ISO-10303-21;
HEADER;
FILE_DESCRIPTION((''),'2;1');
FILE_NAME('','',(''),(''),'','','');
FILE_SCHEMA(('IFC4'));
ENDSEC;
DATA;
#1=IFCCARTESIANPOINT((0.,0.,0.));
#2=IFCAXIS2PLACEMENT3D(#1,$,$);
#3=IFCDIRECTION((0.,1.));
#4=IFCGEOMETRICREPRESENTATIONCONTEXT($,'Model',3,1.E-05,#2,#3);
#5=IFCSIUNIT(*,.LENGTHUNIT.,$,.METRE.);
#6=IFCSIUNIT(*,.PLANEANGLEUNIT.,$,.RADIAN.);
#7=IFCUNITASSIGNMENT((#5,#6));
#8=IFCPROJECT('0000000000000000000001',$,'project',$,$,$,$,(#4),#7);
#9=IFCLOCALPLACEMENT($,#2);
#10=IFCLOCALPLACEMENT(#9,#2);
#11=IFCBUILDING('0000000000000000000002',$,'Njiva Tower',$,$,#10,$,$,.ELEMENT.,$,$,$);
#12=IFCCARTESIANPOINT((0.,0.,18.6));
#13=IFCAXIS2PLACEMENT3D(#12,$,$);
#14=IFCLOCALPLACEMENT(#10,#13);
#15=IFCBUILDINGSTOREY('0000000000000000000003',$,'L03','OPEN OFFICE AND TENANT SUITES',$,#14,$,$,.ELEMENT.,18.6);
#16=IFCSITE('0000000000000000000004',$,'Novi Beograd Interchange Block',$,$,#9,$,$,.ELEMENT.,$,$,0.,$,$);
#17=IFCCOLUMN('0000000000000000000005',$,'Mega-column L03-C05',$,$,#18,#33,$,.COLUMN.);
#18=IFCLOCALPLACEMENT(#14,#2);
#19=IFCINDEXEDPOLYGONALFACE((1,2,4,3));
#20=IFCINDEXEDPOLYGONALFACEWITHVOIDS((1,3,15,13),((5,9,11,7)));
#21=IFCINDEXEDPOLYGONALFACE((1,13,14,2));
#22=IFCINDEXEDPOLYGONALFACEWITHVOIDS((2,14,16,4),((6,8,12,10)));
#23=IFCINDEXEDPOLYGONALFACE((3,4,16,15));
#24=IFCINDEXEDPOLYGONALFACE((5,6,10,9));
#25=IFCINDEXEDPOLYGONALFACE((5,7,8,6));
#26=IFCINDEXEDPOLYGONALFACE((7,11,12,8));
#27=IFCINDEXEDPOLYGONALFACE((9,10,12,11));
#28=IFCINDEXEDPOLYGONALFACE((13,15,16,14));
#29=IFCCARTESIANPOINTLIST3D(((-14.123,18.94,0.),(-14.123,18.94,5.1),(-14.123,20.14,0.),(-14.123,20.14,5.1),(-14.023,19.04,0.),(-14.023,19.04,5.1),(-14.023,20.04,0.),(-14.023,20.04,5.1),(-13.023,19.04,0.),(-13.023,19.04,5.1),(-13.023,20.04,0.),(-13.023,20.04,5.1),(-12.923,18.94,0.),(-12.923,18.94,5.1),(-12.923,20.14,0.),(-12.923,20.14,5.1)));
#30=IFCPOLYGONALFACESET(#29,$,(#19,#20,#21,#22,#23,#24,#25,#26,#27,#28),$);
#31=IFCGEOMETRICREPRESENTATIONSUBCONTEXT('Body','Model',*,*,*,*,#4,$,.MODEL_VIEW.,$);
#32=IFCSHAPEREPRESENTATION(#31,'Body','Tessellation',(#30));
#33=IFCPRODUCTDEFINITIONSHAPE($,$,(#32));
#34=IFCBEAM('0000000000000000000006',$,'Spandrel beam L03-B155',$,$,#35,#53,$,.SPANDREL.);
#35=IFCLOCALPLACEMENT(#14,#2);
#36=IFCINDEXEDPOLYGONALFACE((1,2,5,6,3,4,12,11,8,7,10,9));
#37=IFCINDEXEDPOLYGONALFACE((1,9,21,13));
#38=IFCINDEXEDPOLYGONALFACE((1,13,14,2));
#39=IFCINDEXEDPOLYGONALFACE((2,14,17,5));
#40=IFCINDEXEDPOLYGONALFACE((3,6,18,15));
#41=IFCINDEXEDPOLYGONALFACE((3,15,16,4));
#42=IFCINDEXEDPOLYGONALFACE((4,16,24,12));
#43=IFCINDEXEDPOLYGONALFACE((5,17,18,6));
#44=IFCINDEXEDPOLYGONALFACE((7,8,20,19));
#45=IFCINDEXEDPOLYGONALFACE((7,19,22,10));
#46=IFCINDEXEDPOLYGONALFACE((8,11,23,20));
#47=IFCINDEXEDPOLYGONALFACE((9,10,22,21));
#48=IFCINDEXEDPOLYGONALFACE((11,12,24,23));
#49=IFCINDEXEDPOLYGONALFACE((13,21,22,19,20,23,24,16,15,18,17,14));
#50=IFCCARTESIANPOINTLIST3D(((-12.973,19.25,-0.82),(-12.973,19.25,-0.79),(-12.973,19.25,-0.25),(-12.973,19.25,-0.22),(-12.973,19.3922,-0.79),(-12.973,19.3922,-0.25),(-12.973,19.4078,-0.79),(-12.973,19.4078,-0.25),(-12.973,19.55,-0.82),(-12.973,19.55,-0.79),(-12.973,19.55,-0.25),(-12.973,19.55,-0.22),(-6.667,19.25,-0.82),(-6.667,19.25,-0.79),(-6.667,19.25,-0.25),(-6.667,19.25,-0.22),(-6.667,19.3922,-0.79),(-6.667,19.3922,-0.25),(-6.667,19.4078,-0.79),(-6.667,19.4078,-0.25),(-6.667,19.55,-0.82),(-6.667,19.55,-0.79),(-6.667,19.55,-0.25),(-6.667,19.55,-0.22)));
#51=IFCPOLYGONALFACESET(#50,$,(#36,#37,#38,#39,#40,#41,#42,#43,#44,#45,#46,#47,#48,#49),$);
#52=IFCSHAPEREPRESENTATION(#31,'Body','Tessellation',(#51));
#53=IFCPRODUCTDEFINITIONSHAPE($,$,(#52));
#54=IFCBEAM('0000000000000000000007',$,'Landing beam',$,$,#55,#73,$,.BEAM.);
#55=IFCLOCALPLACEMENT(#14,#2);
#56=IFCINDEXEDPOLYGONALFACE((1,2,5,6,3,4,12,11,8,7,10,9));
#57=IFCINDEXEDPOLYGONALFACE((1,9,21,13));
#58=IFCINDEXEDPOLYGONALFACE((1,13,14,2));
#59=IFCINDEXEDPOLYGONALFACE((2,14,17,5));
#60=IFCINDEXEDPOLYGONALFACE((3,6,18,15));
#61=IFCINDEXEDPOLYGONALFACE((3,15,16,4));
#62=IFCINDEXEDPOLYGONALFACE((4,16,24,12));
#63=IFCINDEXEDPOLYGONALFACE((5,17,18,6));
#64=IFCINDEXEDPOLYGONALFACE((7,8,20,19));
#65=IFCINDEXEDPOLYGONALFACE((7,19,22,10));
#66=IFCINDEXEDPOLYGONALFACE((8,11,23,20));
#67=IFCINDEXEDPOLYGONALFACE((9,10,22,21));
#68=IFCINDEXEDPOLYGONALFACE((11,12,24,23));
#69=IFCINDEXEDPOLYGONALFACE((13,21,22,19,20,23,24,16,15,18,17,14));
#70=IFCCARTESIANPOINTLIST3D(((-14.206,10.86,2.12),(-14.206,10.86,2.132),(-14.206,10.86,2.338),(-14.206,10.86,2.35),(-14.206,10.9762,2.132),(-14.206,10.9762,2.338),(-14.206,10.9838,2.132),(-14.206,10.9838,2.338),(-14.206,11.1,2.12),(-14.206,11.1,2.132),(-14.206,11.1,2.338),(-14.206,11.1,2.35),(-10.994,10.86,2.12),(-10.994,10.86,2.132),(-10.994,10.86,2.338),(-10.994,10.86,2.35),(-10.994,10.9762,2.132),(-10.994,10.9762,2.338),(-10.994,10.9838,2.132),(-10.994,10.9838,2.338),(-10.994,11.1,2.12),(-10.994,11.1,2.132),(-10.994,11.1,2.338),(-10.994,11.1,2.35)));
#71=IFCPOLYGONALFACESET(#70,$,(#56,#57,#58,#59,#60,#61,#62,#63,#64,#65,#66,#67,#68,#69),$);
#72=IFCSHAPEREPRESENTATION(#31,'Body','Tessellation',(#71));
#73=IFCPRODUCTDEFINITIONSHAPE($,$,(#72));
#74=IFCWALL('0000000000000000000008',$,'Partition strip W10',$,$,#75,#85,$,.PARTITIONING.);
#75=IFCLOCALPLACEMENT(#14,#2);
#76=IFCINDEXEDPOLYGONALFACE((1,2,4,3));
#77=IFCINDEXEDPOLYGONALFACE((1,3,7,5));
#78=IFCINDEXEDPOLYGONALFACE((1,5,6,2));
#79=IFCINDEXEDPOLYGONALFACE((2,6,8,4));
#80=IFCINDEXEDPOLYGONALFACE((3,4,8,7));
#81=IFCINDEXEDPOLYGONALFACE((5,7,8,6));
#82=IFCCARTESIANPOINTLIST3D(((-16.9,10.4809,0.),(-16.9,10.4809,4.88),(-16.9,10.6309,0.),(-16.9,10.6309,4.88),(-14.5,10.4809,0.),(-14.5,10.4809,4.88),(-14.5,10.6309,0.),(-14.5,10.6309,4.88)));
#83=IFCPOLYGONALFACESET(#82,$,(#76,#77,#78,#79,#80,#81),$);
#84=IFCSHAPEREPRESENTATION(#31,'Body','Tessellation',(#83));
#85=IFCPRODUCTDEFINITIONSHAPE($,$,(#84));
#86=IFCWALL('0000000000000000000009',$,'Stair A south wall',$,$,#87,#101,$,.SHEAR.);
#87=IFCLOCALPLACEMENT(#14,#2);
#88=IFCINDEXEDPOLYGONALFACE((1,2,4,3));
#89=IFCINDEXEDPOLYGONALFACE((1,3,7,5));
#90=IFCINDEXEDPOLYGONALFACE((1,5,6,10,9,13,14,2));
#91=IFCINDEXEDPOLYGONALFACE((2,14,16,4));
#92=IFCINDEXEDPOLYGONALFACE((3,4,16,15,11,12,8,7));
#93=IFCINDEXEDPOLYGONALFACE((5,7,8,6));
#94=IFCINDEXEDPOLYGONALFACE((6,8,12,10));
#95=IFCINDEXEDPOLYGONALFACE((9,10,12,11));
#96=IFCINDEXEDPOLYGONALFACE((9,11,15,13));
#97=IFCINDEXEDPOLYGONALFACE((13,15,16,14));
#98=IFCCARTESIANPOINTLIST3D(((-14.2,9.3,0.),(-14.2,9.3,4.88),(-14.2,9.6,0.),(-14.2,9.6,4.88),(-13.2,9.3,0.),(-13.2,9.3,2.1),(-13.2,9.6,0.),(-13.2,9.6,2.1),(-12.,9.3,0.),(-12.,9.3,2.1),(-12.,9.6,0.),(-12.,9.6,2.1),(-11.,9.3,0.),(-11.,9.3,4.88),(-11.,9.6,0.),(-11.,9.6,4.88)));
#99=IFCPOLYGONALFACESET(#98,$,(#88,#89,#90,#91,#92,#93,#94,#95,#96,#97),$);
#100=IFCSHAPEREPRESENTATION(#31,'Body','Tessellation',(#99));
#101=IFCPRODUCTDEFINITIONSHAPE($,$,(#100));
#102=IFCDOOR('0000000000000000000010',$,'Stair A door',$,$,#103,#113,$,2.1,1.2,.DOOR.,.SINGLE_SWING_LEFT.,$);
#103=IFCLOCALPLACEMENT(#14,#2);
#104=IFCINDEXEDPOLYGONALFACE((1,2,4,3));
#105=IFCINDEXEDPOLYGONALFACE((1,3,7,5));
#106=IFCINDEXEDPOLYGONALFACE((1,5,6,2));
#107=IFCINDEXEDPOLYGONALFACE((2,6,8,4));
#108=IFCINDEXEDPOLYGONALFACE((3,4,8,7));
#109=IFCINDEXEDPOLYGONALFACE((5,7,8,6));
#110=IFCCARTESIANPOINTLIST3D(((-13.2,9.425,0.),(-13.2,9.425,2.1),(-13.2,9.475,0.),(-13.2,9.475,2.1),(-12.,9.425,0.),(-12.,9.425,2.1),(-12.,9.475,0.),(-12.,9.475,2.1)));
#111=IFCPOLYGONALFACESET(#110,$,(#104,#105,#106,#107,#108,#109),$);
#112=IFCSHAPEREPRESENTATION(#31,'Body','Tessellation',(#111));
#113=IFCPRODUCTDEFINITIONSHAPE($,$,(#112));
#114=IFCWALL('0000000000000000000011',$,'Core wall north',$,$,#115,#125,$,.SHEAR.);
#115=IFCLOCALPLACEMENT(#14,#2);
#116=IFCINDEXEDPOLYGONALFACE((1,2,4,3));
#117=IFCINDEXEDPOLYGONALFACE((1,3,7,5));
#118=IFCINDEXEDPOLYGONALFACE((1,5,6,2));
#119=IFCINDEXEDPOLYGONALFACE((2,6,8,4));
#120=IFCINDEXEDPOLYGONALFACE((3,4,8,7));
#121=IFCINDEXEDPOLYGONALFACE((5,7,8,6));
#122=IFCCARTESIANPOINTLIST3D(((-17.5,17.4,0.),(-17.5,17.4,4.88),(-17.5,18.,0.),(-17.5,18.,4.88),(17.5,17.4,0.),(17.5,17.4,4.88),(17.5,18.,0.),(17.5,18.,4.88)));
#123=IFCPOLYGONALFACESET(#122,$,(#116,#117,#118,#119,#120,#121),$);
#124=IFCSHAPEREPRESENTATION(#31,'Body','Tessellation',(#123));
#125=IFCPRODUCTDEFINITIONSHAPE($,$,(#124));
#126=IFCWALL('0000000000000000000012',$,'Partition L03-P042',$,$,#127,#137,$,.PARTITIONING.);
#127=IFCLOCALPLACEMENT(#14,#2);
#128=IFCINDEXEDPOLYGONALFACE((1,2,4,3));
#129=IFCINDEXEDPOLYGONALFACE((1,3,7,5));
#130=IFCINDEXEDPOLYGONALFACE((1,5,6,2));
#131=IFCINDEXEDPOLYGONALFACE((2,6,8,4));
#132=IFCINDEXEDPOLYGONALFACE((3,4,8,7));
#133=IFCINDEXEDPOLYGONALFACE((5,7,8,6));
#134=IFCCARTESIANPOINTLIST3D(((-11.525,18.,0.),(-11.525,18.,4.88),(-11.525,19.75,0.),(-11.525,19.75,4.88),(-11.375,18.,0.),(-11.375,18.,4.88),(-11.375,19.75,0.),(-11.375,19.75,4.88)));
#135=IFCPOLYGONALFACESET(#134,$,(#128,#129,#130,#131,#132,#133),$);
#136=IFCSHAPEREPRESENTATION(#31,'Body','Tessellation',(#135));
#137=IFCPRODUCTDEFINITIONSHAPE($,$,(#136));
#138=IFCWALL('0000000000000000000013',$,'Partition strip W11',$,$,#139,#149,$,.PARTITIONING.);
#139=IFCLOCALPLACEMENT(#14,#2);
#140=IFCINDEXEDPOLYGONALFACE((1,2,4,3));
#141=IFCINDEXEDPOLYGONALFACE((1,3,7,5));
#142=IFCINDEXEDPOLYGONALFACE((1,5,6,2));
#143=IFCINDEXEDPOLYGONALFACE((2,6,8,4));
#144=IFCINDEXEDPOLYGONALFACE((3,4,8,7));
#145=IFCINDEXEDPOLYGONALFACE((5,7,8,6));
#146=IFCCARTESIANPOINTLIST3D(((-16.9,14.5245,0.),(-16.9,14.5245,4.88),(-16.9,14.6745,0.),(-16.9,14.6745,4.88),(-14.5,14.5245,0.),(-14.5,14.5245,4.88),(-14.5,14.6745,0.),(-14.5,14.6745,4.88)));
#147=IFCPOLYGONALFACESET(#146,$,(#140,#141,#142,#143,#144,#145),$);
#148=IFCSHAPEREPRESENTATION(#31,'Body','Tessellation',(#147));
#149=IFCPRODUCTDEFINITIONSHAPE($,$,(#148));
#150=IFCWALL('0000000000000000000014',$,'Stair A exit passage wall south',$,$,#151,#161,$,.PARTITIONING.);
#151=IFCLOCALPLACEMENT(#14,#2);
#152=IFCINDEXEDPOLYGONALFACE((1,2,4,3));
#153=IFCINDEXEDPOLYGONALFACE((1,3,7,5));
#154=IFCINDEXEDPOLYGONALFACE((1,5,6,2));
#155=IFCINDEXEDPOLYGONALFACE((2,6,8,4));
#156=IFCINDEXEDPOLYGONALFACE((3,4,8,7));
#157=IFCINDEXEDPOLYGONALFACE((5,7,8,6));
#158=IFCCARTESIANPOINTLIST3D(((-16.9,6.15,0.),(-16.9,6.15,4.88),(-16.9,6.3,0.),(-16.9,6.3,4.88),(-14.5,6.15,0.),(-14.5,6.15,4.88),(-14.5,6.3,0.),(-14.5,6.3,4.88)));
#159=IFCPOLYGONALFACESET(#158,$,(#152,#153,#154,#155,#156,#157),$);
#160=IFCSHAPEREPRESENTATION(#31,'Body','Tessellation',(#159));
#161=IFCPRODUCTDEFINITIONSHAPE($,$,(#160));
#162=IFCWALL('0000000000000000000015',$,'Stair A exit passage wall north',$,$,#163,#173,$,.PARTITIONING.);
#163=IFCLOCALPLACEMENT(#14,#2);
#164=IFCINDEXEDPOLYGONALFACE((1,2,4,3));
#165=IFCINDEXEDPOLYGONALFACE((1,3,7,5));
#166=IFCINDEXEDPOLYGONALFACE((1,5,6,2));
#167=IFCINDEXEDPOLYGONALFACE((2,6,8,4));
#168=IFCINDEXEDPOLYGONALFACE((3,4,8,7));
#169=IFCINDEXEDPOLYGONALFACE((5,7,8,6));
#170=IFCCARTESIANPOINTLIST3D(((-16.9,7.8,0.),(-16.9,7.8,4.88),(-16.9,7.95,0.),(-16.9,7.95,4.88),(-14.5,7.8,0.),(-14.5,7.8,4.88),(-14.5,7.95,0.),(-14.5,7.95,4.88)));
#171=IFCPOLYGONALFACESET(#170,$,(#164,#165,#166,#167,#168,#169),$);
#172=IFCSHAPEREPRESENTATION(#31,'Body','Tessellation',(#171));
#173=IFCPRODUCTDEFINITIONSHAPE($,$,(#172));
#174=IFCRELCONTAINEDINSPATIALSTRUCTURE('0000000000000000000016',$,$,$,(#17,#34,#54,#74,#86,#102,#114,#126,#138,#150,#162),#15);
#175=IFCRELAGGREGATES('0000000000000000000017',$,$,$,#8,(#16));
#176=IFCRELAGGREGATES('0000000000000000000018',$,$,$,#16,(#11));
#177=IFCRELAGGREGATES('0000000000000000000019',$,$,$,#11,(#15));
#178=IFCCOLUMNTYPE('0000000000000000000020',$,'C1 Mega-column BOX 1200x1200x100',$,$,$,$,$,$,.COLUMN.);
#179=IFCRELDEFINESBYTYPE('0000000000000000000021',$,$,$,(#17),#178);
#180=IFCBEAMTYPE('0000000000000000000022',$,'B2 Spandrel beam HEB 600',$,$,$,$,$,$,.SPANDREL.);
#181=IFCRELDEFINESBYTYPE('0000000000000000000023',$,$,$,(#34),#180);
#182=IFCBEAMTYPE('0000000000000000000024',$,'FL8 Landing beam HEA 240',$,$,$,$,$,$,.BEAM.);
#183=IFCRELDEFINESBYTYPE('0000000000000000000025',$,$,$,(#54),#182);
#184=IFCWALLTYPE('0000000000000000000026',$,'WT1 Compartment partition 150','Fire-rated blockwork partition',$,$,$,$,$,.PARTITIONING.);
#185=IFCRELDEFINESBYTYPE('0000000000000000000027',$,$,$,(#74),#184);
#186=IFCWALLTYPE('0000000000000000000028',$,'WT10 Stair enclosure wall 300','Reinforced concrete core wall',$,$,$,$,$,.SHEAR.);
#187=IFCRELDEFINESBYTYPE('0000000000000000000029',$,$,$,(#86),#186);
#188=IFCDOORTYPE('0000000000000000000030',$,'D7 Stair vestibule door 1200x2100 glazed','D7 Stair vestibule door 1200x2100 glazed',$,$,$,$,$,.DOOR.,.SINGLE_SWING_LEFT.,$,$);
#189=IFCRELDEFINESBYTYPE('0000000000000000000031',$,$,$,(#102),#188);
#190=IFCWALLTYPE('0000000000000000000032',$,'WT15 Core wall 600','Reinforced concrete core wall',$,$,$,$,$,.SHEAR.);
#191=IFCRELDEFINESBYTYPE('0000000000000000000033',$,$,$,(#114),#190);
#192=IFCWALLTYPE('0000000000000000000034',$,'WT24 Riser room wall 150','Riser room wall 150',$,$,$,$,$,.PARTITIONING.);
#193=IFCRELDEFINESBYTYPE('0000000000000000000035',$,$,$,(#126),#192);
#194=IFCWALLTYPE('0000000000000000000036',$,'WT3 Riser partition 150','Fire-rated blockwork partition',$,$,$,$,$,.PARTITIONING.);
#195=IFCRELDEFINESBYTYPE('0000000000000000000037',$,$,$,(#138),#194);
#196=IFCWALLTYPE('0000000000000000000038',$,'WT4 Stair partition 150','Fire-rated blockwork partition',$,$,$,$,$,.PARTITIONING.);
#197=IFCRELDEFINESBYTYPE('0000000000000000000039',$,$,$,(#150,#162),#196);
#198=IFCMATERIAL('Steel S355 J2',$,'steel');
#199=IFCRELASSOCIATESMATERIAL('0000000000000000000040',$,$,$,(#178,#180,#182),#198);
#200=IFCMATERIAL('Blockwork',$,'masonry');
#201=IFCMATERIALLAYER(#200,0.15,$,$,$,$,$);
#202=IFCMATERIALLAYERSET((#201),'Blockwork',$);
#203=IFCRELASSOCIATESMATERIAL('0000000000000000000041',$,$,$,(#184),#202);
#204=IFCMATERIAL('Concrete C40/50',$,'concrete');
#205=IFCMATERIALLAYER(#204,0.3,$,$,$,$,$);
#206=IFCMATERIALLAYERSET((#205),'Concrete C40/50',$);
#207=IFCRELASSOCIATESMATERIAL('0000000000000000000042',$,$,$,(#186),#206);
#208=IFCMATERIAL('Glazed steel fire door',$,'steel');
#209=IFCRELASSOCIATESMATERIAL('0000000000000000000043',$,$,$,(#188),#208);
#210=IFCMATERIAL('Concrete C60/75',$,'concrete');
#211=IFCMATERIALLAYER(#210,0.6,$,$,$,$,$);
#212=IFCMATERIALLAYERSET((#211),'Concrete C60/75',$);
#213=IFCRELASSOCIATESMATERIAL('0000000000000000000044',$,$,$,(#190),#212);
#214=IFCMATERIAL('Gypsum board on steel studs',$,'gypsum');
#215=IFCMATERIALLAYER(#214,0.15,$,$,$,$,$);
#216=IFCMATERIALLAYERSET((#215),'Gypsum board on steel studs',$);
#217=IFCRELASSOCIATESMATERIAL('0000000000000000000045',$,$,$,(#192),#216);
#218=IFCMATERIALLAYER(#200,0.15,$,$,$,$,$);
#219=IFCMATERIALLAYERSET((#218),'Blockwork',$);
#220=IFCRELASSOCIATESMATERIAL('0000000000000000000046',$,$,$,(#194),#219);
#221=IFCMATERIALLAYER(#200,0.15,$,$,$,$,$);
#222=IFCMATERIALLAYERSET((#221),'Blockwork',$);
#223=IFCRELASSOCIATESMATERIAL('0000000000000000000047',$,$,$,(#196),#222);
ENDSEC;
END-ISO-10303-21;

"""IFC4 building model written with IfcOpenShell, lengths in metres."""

from ifc_helpers import new_model, si_unit, direction, frame, frame_2d, origin, origin_2d, place, context, subcontext, project, spatial, rectangle, hollow_rectangle, i_section, extrude, material, layer, layer_set, material_profile, profile_set, type_object, element, fill, save


model = new_model("IFC4")

# Units and contexts
model_context = context("Model", 3, precision=1e-05, world=origin(), true_north=direction((0.0, 1.0)))
body_context = subcontext(model_context, "Body", "Model", "MODEL_VIEW")
ifc_project = project(units=[si_unit("LENGTHUNIT", "METRE"), si_unit("PLANEANGLEUNIT", "RADIAN")], contexts=[model_context])

# Site, building, storey
site_placement = place(None, origin())
site = spatial("IfcSite", under=ifc_project, at=site_placement, Name="Novi Beograd Interchange Block", CompositionType="ELEMENT", RefElevation=0.0)
building_placement = place(site_placement, origin())
building = spatial("IfcBuilding", under=site, at=building_placement, Name="Njiva Tower", CompositionType="ELEMENT")
storey_placement = place(building_placement, frame((0.0, 0.0, 18.6)))
storey = spatial("IfcBuildingStorey", under=building, at=storey_placement, Name="L03", Description="OPEN OFFICE AND TENANT SUITES", CompositionType="ELEMENT", Elevation=18.6)

# Column
ifc_material_1 = material(Name="Steel S355 J2", Category="steel")
ifc_material_profile_1 = material_profile(ifc_material_1, hollow_rectangle(XDim=1.2, YDim=1.2, WallThickness=0.1, at=origin_2d()), Name="BOX 1200x1200x100")
ifc_profile_set_1 = profile_set([ifc_material_profile_1], Name="Steel S355 J2")
column_type = type_object("IfcColumnType", Name="C1 Mega-column BOX 1200x1200x100", PredefinedType="COLUMN", material=ifc_profile_set_1)
column_placement = place(storey_placement, frame((-13.523, 19.54, 0.0), z_axis=(0.0, 0.0, 1.0), x_axis=(-1.0, 0.0, 0.0)))
element("IfcColumn", 1, at=column_placement, inside=storey, type_object=column_type, Name="Mega-column L03-C05", PredefinedType="COLUMN", context=body_context, shape_type="SweptSolid", body=[
    extrude(hollow_rectangle(XDim=1.2, YDim=1.2, WallThickness=0.1, at=origin_2d()), origin(), (0.0, 0.0, 1.0), 5.1),
])

# Beams
ifc_material_profile_2 = material_profile(ifc_material_1, i_section(OverallWidth=0.3, OverallDepth=0.6, WebThickness=0.0155, FlangeThickness=0.03, at=origin_2d()), Name="HEB 600")
ifc_profile_set_2 = profile_set([ifc_material_profile_2], Name="Steel S355 J2")
beam_type_1 = type_object("IfcBeamType", Name="B2 Spandrel beam HEB 600", PredefinedType="SPANDREL", material=ifc_profile_set_2)
beam_1_placement = place(storey_placement, frame((-12.973, 19.4, -0.52), z_axis=(1.0, 0.0, 0.0), x_axis=(0.0, 1.0, 0.0)))
element("IfcBeam", 2, at=beam_1_placement, inside=storey, type_object=beam_type_1, Name="Spandrel beam L03-B155", PredefinedType="SPANDREL", context=body_context, shape_type="SweptSolid", body=[
    extrude(i_section(OverallWidth=0.3, OverallDepth=0.6, WebThickness=0.0155, FlangeThickness=0.03, at=origin_2d()), origin(), (0.0, 0.0, 1.0), 6.306),
])
ifc_material_profile_3 = material_profile(ifc_material_1, i_section(OverallWidth=0.24, OverallDepth=0.23, WebThickness=0.0075, FlangeThickness=0.012, at=origin_2d()), Name="HEA240")
ifc_profile_set_3 = profile_set([ifc_material_profile_3], Name="Steel S355 J2")
beam_type_2 = type_object("IfcBeamType", Name="FL8 Landing beam HEA 240", PredefinedType="BEAM", material=ifc_profile_set_3)
beam_2_placement = place(storey_placement, frame((-14.206, 10.98, 2.235), z_axis=(1.0, 0.0, 0.0), x_axis=(0.0, 1.0, 0.0)))
element("IfcBeam", 3, at=beam_2_placement, inside=storey, type_object=beam_type_2, Name="Landing beam", PredefinedType="BEAM", context=body_context, shape_type="SweptSolid", body=[
    extrude(i_section(OverallWidth=0.24, OverallDepth=0.23, WebThickness=0.0075, FlangeThickness=0.012, at=origin_2d()), origin(), (0.0, 0.0, 1.0), 3.212),
])

# Wall
ifc_material_2 = material(Name="Blockwork", Category="masonry")
ifc_layer_1 = layer(ifc_material_2, 0.15)
ifc_layer_set_1 = layer_set([ifc_layer_1], Name="Blockwork")
wall_type_1 = type_object("IfcWallType", Name="WT1 Compartment partition 150", Description="Fire-rated blockwork partition", PredefinedType="PARTITIONING", material=ifc_layer_set_1)
wall_1_placement = place(storey_placement, frame((-16.9, 10.5559, 0.0), z_axis=(0.0, 0.0, 1.0), x_axis=(1.0, 0.0, 0.0)))
element("IfcWall", 4, at=wall_1_placement, inside=storey, type_object=wall_type_1, Name="Partition strip W10", PredefinedType="PARTITIONING", context=body_context, shape_type="SweptSolid", body=[
    extrude(rectangle(XDim=2.4, YDim=0.15, at=frame_2d((1.2, 0.0))), origin(), (0.0, 0.0, 1.0), 4.88),
])

# Wall, opening, door
ifc_material_3 = material(Name="Concrete C40/50", Category="concrete")
ifc_layer_2 = layer(ifc_material_3, 0.3)
ifc_layer_set_2 = layer_set([ifc_layer_2], Name="Concrete C40/50")
wall_type_2 = type_object("IfcWallType", Name="WT10 Stair enclosure wall 300", Description="Reinforced concrete core wall", PredefinedType="SHEAR", material=ifc_layer_set_2)
wall_2_placement = place(storey_placement, frame((-14.2, 9.45, 0.0), z_axis=(0.0, 0.0, 1.0), x_axis=(1.0, 0.0, 0.0)))
wall_2 = element("IfcWall", 5, at=wall_2_placement, inside=storey, type_object=wall_type_2, Name="Stair A south wall", PredefinedType="SHEAR", context=body_context, shape_type="SweptSolid", body=[
    extrude(rectangle(XDim=3.2, YDim=0.3, at=frame_2d((1.6, 0.0))), origin(), (0.0, 0.0, 1.0), 4.88),
])
opening_placement = place(wall_2_placement, frame((1.0, 0.0, 0.0)))
opening = element("IfcOpeningElement", 6, at=opening_placement, cuts=wall_2, PredefinedType="OPENING", context=body_context, shape_type="SweptSolid", body=[
    extrude(rectangle(XDim=1.2, YDim=2.1, at=frame_2d((0.6, 1.05))), frame((0.0, 0.16, 0.0), z_axis=(0.0, -1.0, 0.0), x_axis=(1.0, 0.0, 0.0)), (0.0, 0.0, 1.0), 0.32),
])
ifc_material_4 = material(Name="Glazed steel fire door", Category="steel")
door_type = type_object("IfcDoorType", Name="D7 Stair vestibule door 1200x2100 glazed", Description="D7 Stair vestibule door 1200x2100 glazed", OperationType="SINGLE_SWING_LEFT", PredefinedType="DOOR", material=ifc_material_4)
door_placement = place(opening_placement, origin())
door = element("IfcDoor", 7, at=door_placement, inside=storey, type_object=door_type, Name="Stair A door", OperationType="SINGLE_SWING_LEFT", OverallHeight=2.1, OverallWidth=1.2, PredefinedType="DOOR", context=body_context, shape_type="SweptSolid", body=[
    extrude(rectangle(XDim=1.2, YDim=2.1, at=frame_2d((0.6, 1.05))), frame((0.0, 0.025, 0.0), z_axis=(0.0, -1.0, 0.0), x_axis=(1.0, 0.0, 0.0)), (0.0, 0.0, 1.0), 0.05),
])
fill(opening, door)

# Walls
ifc_material_5 = material(Name="Concrete C60/75", Category="concrete")
ifc_layer_3 = layer(ifc_material_5, 0.6)
ifc_layer_set_3 = layer_set([ifc_layer_3], Name="Concrete C60/75")
wall_type_3 = type_object("IfcWallType", Name="WT15 Core wall 600", Description="Reinforced concrete core wall", PredefinedType="SHEAR", material=ifc_layer_set_3)
wall_3_placement = place(storey_placement, frame((-17.5, 17.7, 0.0), z_axis=(0.0, 0.0, 1.0), x_axis=(1.0, 0.0, 0.0)))
element("IfcWall", 8, at=wall_3_placement, inside=storey, type_object=wall_type_3, Name="Core wall north", PredefinedType="SHEAR", context=body_context, shape_type="SweptSolid", body=[
    extrude(rectangle(XDim=35.0, YDim=0.6, at=frame_2d((17.5, 0.0))), origin(), (0.0, 0.0, 1.0), 4.88),
])
ifc_material_6 = material(Name="Gypsum board on steel studs", Category="gypsum")
ifc_layer_4 = layer(ifc_material_6, 0.15)
ifc_layer_set_4 = layer_set([ifc_layer_4], Name="Gypsum board on steel studs")
wall_type_4 = type_object("IfcWallType", Name="WT24 Riser room wall 150", Description="Riser room wall 150", PredefinedType="PARTITIONING", material=ifc_layer_set_4)
wall_4_placement = place(storey_placement, frame((-11.45, 18.0, 0.0), z_axis=(0.0, 0.0, 1.0), x_axis=(0.0, 1.0, 0.0)))
element("IfcWall", 9, at=wall_4_placement, inside=storey, type_object=wall_type_4, Name="Partition L03-P042", PredefinedType="PARTITIONING", context=body_context, shape_type="SweptSolid", body=[
    extrude(rectangle(XDim=1.75, YDim=0.15, at=frame_2d((0.875, 0.0))), origin(), (0.0, 0.0, 1.0), 4.88),
])
ifc_layer_5 = layer(ifc_material_2, 0.15)
ifc_layer_set_5 = layer_set([ifc_layer_5], Name="Blockwork")
wall_type_5 = type_object("IfcWallType", Name="WT3 Riser partition 150", Description="Fire-rated blockwork partition", PredefinedType="PARTITIONING", material=ifc_layer_set_5)
wall_5_placement = place(storey_placement, frame((-16.9, 14.5995, 0.0), z_axis=(0.0, 0.0, 1.0), x_axis=(1.0, 0.0, 0.0)))
element("IfcWall", 10, at=wall_5_placement, inside=storey, type_object=wall_type_5, Name="Partition strip W11", PredefinedType="PARTITIONING", context=body_context, shape_type="SweptSolid", body=[
    extrude(rectangle(XDim=2.4, YDim=0.15, at=frame_2d((1.2, 0.0))), origin(), (0.0, 0.0, 1.0), 4.88),
])
ifc_layer_6 = layer(ifc_material_2, 0.15)
ifc_layer_set_6 = layer_set([ifc_layer_6], Name="Blockwork")
wall_type_6 = type_object("IfcWallType", Name="WT4 Stair partition 150", Description="Fire-rated blockwork partition", PredefinedType="PARTITIONING", material=ifc_layer_set_6)
for number, where, z_axis, x_axis, name in (
    (11, (-16.9, 6.225, 0.0), (0.0, 0.0, 1.0), (1.0, 0.0, 0.0), "Stair A exit passage wall south"),
    (12, (-16.9, 7.875, 0.0), (0.0, 0.0, 1.0), (1.0, 0.0, 0.0), "Stair A exit passage wall north"),
):
    element("IfcWall", number, at=place(storey_placement, frame(where, z_axis=z_axis, x_axis=x_axis)), inside=storey, type_object=wall_type_6, Name=name, PredefinedType="PARTITIONING", context=body_context, shape_type="SweptSolid", body=[
        extrude(rectangle(XDim=2.4, YDim=0.15, at=frame_2d((1.2, 0.0))), origin(), (0.0, 0.0, 1.0), 4.88),
    ])

save(model, "model.ifc")
